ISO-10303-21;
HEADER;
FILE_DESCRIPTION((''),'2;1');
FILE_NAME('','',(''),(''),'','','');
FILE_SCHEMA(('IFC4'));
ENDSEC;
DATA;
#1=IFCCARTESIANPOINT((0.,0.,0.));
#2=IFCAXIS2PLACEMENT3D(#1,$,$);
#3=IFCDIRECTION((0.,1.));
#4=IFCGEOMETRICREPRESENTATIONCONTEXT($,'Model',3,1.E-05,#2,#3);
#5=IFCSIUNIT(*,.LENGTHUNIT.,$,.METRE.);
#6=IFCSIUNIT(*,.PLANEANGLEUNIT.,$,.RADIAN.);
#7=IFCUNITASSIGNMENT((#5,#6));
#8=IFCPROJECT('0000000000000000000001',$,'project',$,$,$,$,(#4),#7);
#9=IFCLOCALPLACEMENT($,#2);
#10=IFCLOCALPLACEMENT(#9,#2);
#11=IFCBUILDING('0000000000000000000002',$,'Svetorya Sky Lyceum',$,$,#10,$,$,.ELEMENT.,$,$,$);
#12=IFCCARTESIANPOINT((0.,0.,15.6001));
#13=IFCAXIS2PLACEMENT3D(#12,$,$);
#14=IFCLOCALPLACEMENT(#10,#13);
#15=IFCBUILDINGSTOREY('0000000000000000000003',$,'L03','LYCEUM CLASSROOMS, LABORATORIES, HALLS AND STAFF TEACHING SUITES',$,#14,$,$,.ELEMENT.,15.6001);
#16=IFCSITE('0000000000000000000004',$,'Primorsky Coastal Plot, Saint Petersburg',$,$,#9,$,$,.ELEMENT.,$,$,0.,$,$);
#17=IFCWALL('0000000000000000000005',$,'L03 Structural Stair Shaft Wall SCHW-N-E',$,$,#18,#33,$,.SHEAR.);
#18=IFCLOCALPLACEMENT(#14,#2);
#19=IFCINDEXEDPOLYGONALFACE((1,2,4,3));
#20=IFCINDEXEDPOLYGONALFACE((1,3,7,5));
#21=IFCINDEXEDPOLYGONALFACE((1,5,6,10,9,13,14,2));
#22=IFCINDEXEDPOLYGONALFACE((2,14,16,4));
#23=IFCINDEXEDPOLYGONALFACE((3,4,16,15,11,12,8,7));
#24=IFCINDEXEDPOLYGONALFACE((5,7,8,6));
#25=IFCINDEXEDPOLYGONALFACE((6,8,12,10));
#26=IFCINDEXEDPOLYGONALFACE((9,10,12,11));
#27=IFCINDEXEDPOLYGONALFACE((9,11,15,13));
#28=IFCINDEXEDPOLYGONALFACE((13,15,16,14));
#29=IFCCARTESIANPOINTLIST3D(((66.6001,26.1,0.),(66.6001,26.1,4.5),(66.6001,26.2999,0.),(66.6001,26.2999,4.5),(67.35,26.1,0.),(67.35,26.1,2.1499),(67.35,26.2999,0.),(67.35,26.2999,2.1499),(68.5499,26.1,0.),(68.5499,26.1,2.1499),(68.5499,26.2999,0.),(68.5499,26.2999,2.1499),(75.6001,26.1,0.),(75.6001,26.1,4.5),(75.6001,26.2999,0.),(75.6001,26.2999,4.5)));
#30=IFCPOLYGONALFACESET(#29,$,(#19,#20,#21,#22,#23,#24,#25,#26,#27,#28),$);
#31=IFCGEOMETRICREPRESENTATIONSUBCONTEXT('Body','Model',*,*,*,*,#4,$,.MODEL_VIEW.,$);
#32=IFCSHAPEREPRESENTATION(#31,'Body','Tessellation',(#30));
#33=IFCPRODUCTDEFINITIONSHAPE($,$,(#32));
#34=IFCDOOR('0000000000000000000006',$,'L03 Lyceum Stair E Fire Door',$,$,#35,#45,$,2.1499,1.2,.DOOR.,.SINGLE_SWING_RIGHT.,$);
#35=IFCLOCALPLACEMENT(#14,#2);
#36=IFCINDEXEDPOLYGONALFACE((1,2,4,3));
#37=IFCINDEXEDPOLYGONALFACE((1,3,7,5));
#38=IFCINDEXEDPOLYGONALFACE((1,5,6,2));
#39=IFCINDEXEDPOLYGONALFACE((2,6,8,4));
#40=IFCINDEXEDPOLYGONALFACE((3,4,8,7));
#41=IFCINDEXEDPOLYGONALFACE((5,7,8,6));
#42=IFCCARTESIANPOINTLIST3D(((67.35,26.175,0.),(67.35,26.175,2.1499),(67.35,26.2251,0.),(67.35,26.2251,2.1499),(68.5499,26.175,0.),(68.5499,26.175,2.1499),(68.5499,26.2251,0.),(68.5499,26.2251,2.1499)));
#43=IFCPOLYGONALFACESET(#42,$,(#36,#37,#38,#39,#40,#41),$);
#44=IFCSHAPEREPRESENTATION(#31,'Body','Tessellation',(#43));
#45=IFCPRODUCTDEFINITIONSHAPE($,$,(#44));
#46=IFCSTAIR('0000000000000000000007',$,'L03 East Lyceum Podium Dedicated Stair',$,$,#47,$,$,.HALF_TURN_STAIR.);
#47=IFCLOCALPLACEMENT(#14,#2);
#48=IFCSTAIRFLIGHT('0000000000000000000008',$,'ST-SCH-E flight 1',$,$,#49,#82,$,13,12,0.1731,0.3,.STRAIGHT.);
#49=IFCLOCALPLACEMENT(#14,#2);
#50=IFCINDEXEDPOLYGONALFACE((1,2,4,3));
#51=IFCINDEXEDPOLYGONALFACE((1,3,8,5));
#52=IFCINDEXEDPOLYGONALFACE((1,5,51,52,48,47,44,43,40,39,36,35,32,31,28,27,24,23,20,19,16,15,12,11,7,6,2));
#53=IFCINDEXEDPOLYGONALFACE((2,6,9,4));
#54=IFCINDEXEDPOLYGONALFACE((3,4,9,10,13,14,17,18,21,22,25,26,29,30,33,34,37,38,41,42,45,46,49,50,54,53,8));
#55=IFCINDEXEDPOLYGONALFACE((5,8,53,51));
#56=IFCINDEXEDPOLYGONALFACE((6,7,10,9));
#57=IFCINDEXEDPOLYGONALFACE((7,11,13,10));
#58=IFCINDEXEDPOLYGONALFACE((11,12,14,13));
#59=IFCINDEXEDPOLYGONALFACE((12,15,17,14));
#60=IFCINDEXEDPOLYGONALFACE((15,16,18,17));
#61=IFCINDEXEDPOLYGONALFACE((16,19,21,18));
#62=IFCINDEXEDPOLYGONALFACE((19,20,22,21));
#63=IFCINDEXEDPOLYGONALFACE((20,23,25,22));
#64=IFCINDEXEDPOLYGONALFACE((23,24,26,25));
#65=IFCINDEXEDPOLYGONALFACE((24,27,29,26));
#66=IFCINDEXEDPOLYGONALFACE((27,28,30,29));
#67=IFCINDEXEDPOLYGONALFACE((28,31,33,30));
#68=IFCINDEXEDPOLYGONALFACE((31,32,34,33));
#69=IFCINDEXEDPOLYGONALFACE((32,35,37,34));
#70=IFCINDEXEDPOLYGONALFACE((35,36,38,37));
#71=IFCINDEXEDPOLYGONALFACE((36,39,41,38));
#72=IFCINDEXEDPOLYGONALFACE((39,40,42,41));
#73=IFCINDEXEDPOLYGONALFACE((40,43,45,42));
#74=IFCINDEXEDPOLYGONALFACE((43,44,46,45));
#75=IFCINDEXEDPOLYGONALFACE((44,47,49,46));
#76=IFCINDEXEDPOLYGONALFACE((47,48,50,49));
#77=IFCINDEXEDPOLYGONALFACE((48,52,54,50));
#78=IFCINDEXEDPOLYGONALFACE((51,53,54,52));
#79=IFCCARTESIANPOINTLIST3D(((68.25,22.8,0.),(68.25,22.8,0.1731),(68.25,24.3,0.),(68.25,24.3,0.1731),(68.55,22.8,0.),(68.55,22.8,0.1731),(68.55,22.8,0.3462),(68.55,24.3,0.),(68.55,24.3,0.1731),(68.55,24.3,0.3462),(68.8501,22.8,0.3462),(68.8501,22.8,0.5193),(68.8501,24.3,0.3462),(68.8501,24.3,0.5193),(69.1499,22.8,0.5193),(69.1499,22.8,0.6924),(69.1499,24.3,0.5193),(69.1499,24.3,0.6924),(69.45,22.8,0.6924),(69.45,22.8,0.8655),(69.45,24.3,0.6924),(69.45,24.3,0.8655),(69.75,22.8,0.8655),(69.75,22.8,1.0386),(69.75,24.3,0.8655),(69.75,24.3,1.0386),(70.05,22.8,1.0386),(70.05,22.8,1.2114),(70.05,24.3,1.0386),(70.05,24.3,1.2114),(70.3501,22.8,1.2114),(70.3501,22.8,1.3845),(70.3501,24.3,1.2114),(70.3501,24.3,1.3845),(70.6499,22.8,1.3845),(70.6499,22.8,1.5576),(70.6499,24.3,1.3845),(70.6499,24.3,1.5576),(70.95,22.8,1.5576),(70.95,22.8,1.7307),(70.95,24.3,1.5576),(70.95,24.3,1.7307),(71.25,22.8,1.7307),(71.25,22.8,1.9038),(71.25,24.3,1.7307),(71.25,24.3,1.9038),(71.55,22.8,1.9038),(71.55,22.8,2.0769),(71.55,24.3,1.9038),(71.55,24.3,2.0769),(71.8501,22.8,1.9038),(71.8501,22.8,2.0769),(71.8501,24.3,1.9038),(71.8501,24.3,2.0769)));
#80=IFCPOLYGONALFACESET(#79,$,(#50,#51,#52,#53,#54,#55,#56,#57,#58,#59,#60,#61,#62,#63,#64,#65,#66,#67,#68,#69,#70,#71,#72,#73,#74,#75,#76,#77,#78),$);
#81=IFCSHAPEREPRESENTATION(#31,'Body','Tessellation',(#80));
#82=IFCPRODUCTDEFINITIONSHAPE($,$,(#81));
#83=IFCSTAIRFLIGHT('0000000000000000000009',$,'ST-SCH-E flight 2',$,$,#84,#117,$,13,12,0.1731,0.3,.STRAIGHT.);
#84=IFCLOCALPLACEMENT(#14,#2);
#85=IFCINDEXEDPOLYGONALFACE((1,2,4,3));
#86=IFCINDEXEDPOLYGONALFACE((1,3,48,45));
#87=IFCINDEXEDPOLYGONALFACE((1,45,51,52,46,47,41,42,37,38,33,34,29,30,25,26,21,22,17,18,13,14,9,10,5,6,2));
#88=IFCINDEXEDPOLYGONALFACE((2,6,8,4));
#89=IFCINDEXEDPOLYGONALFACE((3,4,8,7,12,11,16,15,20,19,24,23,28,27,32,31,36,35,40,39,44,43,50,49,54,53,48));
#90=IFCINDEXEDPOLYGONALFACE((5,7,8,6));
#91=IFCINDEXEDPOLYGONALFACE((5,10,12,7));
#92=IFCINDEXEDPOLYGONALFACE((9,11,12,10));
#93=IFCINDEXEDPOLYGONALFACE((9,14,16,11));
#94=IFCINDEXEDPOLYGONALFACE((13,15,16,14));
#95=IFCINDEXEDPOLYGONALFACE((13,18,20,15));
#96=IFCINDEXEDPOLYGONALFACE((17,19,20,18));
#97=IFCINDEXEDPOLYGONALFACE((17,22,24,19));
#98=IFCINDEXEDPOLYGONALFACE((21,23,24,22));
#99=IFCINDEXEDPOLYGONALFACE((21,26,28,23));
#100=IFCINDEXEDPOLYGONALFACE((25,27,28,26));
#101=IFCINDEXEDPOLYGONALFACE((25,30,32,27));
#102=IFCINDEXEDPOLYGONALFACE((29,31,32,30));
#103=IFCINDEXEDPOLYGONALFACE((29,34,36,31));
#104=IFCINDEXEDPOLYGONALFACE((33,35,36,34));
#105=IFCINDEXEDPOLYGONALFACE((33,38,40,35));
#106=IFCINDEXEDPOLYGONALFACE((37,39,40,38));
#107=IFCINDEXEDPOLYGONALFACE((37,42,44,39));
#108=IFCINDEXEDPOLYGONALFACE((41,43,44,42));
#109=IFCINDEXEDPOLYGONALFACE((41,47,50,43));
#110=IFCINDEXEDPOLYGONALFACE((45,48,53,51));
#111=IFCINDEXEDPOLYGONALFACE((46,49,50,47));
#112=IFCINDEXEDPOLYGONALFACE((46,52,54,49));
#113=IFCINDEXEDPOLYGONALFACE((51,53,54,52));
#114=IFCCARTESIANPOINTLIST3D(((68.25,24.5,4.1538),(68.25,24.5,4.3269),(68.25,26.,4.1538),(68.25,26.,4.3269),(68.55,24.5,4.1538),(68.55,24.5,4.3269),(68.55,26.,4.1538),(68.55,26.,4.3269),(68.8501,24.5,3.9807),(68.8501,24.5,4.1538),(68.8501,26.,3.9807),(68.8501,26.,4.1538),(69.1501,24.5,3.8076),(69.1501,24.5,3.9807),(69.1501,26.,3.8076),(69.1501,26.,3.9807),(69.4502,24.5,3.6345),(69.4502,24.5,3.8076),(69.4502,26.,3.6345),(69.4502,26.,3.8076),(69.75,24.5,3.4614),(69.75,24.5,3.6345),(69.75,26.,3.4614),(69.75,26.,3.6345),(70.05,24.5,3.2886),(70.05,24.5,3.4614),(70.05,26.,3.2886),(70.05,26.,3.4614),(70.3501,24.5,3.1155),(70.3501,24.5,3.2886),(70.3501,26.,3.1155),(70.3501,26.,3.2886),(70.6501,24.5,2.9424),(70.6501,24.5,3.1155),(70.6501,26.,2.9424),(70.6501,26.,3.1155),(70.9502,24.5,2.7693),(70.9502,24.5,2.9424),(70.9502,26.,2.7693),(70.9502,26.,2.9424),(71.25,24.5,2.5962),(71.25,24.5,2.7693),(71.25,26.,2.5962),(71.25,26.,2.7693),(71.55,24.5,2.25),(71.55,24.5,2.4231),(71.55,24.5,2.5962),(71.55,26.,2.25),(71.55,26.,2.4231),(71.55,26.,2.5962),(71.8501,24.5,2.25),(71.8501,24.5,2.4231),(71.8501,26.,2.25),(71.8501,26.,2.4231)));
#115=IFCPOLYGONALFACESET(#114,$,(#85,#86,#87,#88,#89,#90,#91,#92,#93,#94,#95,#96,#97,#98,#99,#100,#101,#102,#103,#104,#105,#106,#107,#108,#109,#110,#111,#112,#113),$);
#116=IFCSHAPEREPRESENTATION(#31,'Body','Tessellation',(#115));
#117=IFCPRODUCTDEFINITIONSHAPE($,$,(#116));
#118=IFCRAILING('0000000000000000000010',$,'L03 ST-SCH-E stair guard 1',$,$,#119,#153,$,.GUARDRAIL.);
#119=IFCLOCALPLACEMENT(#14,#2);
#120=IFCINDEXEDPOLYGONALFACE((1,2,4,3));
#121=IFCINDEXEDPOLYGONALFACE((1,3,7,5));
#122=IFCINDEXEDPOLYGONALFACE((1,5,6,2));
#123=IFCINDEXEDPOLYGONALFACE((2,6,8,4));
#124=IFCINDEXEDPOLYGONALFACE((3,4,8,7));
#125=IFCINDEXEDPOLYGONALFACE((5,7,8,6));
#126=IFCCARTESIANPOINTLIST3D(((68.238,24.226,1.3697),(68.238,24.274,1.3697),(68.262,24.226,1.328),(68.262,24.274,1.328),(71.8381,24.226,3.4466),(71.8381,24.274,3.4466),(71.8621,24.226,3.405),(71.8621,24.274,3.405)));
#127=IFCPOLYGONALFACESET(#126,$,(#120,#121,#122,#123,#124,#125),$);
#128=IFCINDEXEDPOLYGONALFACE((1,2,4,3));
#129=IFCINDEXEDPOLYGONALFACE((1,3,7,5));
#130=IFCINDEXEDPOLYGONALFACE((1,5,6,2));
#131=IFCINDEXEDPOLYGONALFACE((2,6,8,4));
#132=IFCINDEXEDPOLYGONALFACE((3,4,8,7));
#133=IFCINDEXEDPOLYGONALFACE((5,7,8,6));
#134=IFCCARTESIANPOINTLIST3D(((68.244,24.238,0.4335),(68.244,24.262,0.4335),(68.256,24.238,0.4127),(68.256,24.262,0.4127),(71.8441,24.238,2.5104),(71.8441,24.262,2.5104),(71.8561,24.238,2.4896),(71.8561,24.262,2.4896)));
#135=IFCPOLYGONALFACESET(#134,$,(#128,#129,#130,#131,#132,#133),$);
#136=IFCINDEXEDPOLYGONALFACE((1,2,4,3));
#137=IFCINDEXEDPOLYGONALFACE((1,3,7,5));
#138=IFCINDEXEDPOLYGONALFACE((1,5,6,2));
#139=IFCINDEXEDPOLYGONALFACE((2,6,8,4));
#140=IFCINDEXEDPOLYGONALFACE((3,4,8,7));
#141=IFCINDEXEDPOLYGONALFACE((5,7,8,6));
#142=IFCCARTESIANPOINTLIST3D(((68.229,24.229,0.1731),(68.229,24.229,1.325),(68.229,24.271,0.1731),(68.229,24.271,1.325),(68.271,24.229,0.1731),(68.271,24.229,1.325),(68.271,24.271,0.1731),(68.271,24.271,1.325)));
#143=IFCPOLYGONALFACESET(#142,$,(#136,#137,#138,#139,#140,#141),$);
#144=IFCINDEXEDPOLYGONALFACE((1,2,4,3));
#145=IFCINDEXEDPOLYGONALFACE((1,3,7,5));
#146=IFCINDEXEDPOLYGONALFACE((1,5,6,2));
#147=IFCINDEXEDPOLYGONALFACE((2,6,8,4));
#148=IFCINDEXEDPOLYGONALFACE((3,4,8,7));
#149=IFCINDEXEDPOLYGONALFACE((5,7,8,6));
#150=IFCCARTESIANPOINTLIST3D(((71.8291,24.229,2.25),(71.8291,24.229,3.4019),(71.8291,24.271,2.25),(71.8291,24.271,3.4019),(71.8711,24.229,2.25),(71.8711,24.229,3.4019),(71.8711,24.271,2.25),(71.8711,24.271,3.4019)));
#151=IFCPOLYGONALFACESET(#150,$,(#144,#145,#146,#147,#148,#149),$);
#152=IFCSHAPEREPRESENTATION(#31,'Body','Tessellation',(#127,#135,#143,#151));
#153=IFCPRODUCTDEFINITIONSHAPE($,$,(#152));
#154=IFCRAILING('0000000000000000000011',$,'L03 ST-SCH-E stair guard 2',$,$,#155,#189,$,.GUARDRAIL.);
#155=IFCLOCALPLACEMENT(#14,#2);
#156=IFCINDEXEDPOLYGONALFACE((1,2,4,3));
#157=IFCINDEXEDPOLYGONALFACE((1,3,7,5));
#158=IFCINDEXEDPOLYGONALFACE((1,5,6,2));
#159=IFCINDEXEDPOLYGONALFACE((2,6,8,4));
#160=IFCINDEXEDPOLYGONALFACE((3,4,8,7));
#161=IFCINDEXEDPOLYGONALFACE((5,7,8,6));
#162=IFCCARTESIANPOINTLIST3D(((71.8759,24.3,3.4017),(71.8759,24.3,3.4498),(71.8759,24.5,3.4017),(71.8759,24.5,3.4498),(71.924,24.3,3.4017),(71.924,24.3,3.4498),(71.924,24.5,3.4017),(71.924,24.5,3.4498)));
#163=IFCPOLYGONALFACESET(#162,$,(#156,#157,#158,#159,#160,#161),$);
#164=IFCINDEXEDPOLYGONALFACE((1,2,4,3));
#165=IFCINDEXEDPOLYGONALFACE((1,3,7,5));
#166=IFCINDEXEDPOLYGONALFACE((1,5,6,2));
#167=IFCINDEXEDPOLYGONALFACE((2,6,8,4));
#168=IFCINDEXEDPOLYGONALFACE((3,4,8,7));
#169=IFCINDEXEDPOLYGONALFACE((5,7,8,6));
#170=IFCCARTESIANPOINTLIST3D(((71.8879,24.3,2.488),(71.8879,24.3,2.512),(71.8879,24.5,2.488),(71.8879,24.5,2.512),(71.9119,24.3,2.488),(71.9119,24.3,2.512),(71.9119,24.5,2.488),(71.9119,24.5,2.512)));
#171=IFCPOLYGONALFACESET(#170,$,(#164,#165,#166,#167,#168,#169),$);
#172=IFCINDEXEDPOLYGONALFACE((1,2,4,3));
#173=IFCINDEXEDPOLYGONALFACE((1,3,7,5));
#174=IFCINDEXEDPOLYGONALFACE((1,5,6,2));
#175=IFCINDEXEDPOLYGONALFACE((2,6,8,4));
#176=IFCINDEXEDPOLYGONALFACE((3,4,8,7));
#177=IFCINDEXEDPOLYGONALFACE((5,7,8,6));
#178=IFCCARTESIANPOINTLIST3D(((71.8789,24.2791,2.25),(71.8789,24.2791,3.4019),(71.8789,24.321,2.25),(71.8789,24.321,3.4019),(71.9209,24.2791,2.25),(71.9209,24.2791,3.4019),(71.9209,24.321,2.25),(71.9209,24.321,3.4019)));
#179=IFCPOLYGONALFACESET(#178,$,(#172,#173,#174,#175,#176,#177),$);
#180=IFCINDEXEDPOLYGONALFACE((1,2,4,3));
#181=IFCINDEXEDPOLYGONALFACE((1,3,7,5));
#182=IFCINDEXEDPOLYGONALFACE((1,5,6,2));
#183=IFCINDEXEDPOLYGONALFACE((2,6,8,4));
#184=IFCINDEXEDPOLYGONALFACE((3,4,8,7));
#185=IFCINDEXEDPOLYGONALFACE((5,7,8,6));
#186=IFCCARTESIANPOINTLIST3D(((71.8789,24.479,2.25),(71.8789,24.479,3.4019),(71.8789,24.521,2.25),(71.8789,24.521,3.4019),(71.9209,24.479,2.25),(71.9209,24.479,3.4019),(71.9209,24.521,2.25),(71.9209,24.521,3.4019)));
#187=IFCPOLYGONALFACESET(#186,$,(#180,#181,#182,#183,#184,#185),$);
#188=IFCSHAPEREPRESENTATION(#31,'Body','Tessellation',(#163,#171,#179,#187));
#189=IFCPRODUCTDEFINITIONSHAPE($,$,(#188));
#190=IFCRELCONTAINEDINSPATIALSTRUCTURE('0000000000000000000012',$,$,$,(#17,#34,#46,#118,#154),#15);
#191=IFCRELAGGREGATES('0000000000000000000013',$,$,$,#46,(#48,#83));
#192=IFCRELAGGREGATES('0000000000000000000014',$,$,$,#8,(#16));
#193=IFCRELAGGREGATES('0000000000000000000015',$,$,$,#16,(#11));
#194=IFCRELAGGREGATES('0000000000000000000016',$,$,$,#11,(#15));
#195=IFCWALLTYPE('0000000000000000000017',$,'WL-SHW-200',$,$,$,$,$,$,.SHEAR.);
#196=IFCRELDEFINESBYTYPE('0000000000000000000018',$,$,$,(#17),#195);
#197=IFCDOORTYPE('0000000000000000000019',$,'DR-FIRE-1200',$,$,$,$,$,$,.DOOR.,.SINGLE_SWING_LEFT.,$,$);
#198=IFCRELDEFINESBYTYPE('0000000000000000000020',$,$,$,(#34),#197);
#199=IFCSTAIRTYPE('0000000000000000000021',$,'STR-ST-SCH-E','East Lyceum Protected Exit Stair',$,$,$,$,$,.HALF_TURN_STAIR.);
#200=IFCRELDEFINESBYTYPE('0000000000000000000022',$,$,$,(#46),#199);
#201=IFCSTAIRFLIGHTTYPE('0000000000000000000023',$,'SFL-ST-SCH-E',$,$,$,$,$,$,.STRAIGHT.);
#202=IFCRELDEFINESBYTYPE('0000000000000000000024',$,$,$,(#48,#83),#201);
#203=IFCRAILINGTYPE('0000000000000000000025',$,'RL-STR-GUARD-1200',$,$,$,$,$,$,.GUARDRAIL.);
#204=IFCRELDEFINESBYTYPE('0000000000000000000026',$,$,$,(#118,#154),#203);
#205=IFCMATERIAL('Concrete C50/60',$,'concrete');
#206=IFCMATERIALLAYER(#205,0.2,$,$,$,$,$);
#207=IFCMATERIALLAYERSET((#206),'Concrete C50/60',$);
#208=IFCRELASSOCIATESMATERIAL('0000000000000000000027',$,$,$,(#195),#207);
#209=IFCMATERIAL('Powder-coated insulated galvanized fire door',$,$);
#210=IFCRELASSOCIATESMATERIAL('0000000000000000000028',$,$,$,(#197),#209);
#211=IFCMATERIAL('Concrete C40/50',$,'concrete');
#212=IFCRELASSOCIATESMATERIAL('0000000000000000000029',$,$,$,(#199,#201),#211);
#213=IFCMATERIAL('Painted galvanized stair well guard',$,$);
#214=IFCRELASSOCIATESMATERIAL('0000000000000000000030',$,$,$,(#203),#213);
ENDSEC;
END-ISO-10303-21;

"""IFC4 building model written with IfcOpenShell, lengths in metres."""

from ifc_helpers import new_model, si_unit, direction, frame, frame_2d, origin, origin_2d, place, context, subcontext, project, spatial, polyline, rectangle, outline, extrude, material, layer, layer_set, type_object, element, fill, aggregate, save


model = new_model("IFC4")

# Units and contexts
model_context = context("Model", 3, precision=1e-05, world=origin(), true_north=direction((0.0, 1.0)))
body_context = subcontext(model_context, "Body", "Model", "MODEL_VIEW")
ifc_project = project(units=[si_unit("LENGTHUNIT", "METRE"), si_unit("PLANEANGLEUNIT", "RADIAN")], contexts=[model_context])

# Site, building, storey
site_placement = place(None, origin())
site = spatial("IfcSite", under=ifc_project, at=site_placement, Name="Primorsky Coastal Plot, Saint Petersburg", CompositionType="ELEMENT", RefElevation=0.0)
building_placement = place(site_placement, origin())
building = spatial("IfcBuilding", under=site, at=building_placement, Name="Svetorya Sky Lyceum", CompositionType="ELEMENT")
storey_placement = place(building_placement, frame((0.0, 0.0, 15.6001)))
storey = spatial("IfcBuildingStorey", under=building, at=storey_placement, Name="L03", Description="LYCEUM CLASSROOMS, LABORATORIES, HALLS AND STAFF TEACHING SUITES", CompositionType="ELEMENT", Elevation=15.6001)

# Shared definitions
ifc_material_1 = material(Name="Concrete C50/60", Category="concrete")

# Shared definitions
ifc_layer_1 = layer(ifc_material_1, 0.2)
ifc_layer_set_1 = layer_set([ifc_layer_1], Name="Concrete C50/60")
wall_type_1 = type_object("IfcWallType", Name="WL-SHW-200", PredefinedType="SHEAR", material=ifc_layer_set_1)

# Wall, opening, door
wall_1_placement = place(storey_placement, frame((75.6001, 26.2, 0.0), z_axis=(0.0, 0.0, 1.0), x_axis=(-1.0, 0.0, 0.0)))
wall_1 = element("IfcWall", 1, at=wall_1_placement, inside=storey, type_object=wall_type_1, Name="L03 Structural Stair Shaft Wall SCHW-N-E", PredefinedType="SHEAR", context=body_context, shape_type="SweptSolid", body=[
    extrude(rectangle(XDim=9.0, YDim=0.2, at=frame_2d((4.5, 0.0))), origin(), (0.0, 0.0, 1.0), 4.5),
])
opening_1_placement = place(wall_1_placement, frame((7.05, 0.0, 0.0)))
opening_1 = element("IfcOpeningElement", 2, at=opening_1_placement, cuts=wall_1, PredefinedType="OPENING", context=body_context, shape_type="SweptSolid", body=[
    extrude(rectangle(XDim=1.2, YDim=2.1499, at=frame_2d((0.6001, 1.075))), frame((0.0, 0.1099, 0.0), z_axis=(0.0, -1.0, 0.0), x_axis=(1.0, 0.0, 0.0)), (0.0, 0.0, 1.0), 0.22),
])
ifc_material_2 = material(Name="Powder-coated insulated galvanized fire door")
door_type_1 = type_object("IfcDoorType", Name="DR-FIRE-1200", OperationType="SINGLE_SWING_LEFT", PredefinedType="DOOR", material=ifc_material_2)
door_1_placement = place(opening_1_placement, origin())
door_1 = element("IfcDoor", 3, at=door_1_placement, inside=storey, type_object=door_type_1, Name="L03 Lyceum Stair E Fire Door", OperationType="SINGLE_SWING_RIGHT", OverallHeight=2.1499, OverallWidth=1.2, PredefinedType="DOOR", context=body_context, shape_type="SweptSolid", body=[
    extrude(rectangle(XDim=1.2, YDim=2.1499, at=frame_2d((0.6001, 1.075))), frame((0.0, 0.0249, 0.0), z_axis=(0.0, -1.0, 0.0), x_axis=(1.0, 0.0, 0.0)), (0.0, 0.0, 1.0), 0.05),
])
fill(opening_1, door_1)

# Stair, stair flights
ifc_material_3 = material(Name="Concrete C40/50", Category="concrete")
stair_type = type_object("IfcStairType", Name="STR-ST-SCH-E", Description="East Lyceum Protected Exit Stair", PredefinedType="HALF_TURN_STAIR", material=ifc_material_3)
stair_placement = place(storey_placement, origin())
stair = element("IfcStair", 4, at=stair_placement, inside=storey, type_object=stair_type, Name="L03 East Lyceum Podium Dedicated Stair", PredefinedType="HALF_TURN_STAIR")
stair_flight_type = type_object("IfcStairFlightType", Name="SFL-ST-SCH-E", PredefinedType="STRAIGHT", material=ifc_material_3)
stair_flight_1_placement = place(storey_placement, frame((68.25, 23.55, 0.0), z_axis=(0.0, 0.0, 1.0), x_axis=(1.0, 0.0, 0.0)))
stair_flight_1 = element("IfcStairFlight", 5, at=stair_flight_1_placement, type_object=stair_flight_type, Name="ST-SCH-E flight 1", NumberOfRisers=13, NumberOfTreads=12, PredefinedType="STRAIGHT", RiserHeight=0.1731, TreadLength=0.3, context=body_context, shape_type="SweptSolid", body=[
    extrude(outline(polyline([(0.0, 0.0), (0.0, 0.1731), (0.3, 0.1731), (0.3, 0.3462), (0.6001, 0.3462), (0.6001, 0.5193), (0.8999, 0.5193), (0.8999, 0.6924), (1.2, 0.6924), (1.2, 0.8655), (1.5, 0.8655), (1.5, 1.0386), (1.8, 1.0386), (1.8, 1.2114), (2.1001, 1.2114), (2.1001, 1.3845), (2.3999, 1.3845), (2.3999, 1.5576), (2.7, 1.5576), (2.7, 1.7307), (3.0, 1.7307), (3.0, 1.9038), (3.3, 1.9038), (3.3, 2.0769), (3.6001, 2.0769), (3.6001, 2.25), (3.6001, 1.9038), (0.3, 0.0), (0.0, 0.0)])), frame((0.0, 0.75, 0.0), z_axis=(0.0, -1.0, 0.0), x_axis=(1.0, 0.0, 0.0)), (0.0, 0.0, 1.0), 1.5),
])
stair_flight_2_placement = place(storey_placement, frame((71.8501, 25.25, 2.25), z_axis=(0.0, 0.0, 1.0), x_axis=(-1.0, 0.0, 0.0)))
stair_flight_2 = element("IfcStairFlight", 6, at=stair_flight_2_placement, type_object=stair_flight_type, Name="ST-SCH-E flight 2", NumberOfRisers=13, NumberOfTreads=12, PredefinedType="STRAIGHT", RiserHeight=0.1731, TreadLength=0.3, context=body_context, shape_type="SweptSolid", body=[
    extrude(outline(polyline([(0.0, 0.0), (0.0, 0.1731), (0.3, 0.1731), (0.3, 0.3462), (0.6001, 0.3462), (0.6001, 0.5193), (0.8999, 0.5193), (0.8999, 0.6924), (1.2, 0.6924), (1.2, 0.8655), (1.5, 0.8655), (1.5, 1.0386), (1.8, 1.0386), (1.8, 1.2114), (2.1001, 1.2114), (2.1001, 1.3845), (2.3999, 1.3845), (2.3999, 1.5576), (2.7, 1.5576), (2.7, 1.7307), (3.0, 1.7307), (3.0, 1.9038), (3.3, 1.9038), (3.3, 2.0769), (3.6001, 2.0769), (3.6001, 2.25), (3.6001, 1.9038), (0.3, 0.0), (0.0, 0.0)])), frame((0.0, 0.75, 0.0), z_axis=(0.0, -1.0, 0.0), x_axis=(1.0, 0.0, 0.0)), (0.0, 0.0, 1.0), 1.5),
])
aggregate(stair, [stair_flight_1, stair_flight_2])

# Railings
ifc_material_4 = material(Name="Painted galvanized stair well guard")
railing_type_1 = type_object("IfcRailingType", Name="RL-STR-GUARD-1200", PredefinedType="GUARDRAIL", material=ifc_material_4)
railing_1_placement = place(storey_placement, frame((68.25, 24.25, 0.1731)))
element("IfcRailing", 7, at=railing_1_placement, inside=storey, type_object=railing_type_1, Name="L03 ST-SCH-E stair guard 1", PredefinedType="GUARDRAIL", context=body_context, shape_type="SweptSolid", body=[
    extrude(rectangle(XDim=0.0481, YDim=0.0481, at=origin_2d()), frame((0.0, 0.0, 1.1758), z_axis=(0.866193, 0.0, 0.499709), x_axis=(0.0, 1.0, 0.0)), (0.0, 0.0, 1.0), 4.1562),
    extrude(rectangle(XDim=0.0239, YDim=0.0239, at=origin_2d()), frame((0.0, 0.0, 0.25), z_axis=(0.866193, 0.0, 0.499709), x_axis=(0.0, 1.0, 0.0)), (0.0, 0.0, 1.0), 4.1562),
    extrude(rectangle(XDim=0.042, YDim=0.042, at=origin_2d()), origin(), (0.0, 0.0, 1.0), 1.1519),
    extrude(rectangle(XDim=0.042, YDim=0.042, at=origin_2d()), frame((3.6001, 0.0, 2.0769)), (0.0, 0.0, 1.0), 1.1519),
])
railing_2_placement = place(storey_placement, frame((71.8999, 24.3, 2.25)))
element("IfcRailing", 8, at=railing_2_placement, inside=storey, type_object=railing_type_1, Name="L03 ST-SCH-E stair guard 2", PredefinedType="GUARDRAIL", context=body_context, shape_type="SweptSolid", body=[
    extrude(rectangle(XDim=0.0481, YDim=0.0481, at=origin_2d()), frame((0.0, 0.0, 1.1758), z_axis=(0.0, 1.0, 0.0), x_axis=(-1.0, 0.0, 0.0)), (0.0, 0.0, 1.0), 0.2),
    extrude(rectangle(XDim=0.0239, YDim=0.0239, at=origin_2d()), frame((0.0, 0.0, 0.25), z_axis=(0.0, 1.0, 0.0), x_axis=(-1.0, 0.0, 0.0)), (0.0, 0.0, 1.0), 0.2),
    extrude(rectangle(XDim=0.042, YDim=0.042, at=origin_2d()), origin(), (0.0, 0.0, 1.0), 1.1519),
    extrude(rectangle(XDim=0.042, YDim=0.042, at=origin_2d()), frame((0.0, 0.2, 0.0)), (0.0, 0.0, 1.0), 1.1519),
])

save(model, "model.ifc")
